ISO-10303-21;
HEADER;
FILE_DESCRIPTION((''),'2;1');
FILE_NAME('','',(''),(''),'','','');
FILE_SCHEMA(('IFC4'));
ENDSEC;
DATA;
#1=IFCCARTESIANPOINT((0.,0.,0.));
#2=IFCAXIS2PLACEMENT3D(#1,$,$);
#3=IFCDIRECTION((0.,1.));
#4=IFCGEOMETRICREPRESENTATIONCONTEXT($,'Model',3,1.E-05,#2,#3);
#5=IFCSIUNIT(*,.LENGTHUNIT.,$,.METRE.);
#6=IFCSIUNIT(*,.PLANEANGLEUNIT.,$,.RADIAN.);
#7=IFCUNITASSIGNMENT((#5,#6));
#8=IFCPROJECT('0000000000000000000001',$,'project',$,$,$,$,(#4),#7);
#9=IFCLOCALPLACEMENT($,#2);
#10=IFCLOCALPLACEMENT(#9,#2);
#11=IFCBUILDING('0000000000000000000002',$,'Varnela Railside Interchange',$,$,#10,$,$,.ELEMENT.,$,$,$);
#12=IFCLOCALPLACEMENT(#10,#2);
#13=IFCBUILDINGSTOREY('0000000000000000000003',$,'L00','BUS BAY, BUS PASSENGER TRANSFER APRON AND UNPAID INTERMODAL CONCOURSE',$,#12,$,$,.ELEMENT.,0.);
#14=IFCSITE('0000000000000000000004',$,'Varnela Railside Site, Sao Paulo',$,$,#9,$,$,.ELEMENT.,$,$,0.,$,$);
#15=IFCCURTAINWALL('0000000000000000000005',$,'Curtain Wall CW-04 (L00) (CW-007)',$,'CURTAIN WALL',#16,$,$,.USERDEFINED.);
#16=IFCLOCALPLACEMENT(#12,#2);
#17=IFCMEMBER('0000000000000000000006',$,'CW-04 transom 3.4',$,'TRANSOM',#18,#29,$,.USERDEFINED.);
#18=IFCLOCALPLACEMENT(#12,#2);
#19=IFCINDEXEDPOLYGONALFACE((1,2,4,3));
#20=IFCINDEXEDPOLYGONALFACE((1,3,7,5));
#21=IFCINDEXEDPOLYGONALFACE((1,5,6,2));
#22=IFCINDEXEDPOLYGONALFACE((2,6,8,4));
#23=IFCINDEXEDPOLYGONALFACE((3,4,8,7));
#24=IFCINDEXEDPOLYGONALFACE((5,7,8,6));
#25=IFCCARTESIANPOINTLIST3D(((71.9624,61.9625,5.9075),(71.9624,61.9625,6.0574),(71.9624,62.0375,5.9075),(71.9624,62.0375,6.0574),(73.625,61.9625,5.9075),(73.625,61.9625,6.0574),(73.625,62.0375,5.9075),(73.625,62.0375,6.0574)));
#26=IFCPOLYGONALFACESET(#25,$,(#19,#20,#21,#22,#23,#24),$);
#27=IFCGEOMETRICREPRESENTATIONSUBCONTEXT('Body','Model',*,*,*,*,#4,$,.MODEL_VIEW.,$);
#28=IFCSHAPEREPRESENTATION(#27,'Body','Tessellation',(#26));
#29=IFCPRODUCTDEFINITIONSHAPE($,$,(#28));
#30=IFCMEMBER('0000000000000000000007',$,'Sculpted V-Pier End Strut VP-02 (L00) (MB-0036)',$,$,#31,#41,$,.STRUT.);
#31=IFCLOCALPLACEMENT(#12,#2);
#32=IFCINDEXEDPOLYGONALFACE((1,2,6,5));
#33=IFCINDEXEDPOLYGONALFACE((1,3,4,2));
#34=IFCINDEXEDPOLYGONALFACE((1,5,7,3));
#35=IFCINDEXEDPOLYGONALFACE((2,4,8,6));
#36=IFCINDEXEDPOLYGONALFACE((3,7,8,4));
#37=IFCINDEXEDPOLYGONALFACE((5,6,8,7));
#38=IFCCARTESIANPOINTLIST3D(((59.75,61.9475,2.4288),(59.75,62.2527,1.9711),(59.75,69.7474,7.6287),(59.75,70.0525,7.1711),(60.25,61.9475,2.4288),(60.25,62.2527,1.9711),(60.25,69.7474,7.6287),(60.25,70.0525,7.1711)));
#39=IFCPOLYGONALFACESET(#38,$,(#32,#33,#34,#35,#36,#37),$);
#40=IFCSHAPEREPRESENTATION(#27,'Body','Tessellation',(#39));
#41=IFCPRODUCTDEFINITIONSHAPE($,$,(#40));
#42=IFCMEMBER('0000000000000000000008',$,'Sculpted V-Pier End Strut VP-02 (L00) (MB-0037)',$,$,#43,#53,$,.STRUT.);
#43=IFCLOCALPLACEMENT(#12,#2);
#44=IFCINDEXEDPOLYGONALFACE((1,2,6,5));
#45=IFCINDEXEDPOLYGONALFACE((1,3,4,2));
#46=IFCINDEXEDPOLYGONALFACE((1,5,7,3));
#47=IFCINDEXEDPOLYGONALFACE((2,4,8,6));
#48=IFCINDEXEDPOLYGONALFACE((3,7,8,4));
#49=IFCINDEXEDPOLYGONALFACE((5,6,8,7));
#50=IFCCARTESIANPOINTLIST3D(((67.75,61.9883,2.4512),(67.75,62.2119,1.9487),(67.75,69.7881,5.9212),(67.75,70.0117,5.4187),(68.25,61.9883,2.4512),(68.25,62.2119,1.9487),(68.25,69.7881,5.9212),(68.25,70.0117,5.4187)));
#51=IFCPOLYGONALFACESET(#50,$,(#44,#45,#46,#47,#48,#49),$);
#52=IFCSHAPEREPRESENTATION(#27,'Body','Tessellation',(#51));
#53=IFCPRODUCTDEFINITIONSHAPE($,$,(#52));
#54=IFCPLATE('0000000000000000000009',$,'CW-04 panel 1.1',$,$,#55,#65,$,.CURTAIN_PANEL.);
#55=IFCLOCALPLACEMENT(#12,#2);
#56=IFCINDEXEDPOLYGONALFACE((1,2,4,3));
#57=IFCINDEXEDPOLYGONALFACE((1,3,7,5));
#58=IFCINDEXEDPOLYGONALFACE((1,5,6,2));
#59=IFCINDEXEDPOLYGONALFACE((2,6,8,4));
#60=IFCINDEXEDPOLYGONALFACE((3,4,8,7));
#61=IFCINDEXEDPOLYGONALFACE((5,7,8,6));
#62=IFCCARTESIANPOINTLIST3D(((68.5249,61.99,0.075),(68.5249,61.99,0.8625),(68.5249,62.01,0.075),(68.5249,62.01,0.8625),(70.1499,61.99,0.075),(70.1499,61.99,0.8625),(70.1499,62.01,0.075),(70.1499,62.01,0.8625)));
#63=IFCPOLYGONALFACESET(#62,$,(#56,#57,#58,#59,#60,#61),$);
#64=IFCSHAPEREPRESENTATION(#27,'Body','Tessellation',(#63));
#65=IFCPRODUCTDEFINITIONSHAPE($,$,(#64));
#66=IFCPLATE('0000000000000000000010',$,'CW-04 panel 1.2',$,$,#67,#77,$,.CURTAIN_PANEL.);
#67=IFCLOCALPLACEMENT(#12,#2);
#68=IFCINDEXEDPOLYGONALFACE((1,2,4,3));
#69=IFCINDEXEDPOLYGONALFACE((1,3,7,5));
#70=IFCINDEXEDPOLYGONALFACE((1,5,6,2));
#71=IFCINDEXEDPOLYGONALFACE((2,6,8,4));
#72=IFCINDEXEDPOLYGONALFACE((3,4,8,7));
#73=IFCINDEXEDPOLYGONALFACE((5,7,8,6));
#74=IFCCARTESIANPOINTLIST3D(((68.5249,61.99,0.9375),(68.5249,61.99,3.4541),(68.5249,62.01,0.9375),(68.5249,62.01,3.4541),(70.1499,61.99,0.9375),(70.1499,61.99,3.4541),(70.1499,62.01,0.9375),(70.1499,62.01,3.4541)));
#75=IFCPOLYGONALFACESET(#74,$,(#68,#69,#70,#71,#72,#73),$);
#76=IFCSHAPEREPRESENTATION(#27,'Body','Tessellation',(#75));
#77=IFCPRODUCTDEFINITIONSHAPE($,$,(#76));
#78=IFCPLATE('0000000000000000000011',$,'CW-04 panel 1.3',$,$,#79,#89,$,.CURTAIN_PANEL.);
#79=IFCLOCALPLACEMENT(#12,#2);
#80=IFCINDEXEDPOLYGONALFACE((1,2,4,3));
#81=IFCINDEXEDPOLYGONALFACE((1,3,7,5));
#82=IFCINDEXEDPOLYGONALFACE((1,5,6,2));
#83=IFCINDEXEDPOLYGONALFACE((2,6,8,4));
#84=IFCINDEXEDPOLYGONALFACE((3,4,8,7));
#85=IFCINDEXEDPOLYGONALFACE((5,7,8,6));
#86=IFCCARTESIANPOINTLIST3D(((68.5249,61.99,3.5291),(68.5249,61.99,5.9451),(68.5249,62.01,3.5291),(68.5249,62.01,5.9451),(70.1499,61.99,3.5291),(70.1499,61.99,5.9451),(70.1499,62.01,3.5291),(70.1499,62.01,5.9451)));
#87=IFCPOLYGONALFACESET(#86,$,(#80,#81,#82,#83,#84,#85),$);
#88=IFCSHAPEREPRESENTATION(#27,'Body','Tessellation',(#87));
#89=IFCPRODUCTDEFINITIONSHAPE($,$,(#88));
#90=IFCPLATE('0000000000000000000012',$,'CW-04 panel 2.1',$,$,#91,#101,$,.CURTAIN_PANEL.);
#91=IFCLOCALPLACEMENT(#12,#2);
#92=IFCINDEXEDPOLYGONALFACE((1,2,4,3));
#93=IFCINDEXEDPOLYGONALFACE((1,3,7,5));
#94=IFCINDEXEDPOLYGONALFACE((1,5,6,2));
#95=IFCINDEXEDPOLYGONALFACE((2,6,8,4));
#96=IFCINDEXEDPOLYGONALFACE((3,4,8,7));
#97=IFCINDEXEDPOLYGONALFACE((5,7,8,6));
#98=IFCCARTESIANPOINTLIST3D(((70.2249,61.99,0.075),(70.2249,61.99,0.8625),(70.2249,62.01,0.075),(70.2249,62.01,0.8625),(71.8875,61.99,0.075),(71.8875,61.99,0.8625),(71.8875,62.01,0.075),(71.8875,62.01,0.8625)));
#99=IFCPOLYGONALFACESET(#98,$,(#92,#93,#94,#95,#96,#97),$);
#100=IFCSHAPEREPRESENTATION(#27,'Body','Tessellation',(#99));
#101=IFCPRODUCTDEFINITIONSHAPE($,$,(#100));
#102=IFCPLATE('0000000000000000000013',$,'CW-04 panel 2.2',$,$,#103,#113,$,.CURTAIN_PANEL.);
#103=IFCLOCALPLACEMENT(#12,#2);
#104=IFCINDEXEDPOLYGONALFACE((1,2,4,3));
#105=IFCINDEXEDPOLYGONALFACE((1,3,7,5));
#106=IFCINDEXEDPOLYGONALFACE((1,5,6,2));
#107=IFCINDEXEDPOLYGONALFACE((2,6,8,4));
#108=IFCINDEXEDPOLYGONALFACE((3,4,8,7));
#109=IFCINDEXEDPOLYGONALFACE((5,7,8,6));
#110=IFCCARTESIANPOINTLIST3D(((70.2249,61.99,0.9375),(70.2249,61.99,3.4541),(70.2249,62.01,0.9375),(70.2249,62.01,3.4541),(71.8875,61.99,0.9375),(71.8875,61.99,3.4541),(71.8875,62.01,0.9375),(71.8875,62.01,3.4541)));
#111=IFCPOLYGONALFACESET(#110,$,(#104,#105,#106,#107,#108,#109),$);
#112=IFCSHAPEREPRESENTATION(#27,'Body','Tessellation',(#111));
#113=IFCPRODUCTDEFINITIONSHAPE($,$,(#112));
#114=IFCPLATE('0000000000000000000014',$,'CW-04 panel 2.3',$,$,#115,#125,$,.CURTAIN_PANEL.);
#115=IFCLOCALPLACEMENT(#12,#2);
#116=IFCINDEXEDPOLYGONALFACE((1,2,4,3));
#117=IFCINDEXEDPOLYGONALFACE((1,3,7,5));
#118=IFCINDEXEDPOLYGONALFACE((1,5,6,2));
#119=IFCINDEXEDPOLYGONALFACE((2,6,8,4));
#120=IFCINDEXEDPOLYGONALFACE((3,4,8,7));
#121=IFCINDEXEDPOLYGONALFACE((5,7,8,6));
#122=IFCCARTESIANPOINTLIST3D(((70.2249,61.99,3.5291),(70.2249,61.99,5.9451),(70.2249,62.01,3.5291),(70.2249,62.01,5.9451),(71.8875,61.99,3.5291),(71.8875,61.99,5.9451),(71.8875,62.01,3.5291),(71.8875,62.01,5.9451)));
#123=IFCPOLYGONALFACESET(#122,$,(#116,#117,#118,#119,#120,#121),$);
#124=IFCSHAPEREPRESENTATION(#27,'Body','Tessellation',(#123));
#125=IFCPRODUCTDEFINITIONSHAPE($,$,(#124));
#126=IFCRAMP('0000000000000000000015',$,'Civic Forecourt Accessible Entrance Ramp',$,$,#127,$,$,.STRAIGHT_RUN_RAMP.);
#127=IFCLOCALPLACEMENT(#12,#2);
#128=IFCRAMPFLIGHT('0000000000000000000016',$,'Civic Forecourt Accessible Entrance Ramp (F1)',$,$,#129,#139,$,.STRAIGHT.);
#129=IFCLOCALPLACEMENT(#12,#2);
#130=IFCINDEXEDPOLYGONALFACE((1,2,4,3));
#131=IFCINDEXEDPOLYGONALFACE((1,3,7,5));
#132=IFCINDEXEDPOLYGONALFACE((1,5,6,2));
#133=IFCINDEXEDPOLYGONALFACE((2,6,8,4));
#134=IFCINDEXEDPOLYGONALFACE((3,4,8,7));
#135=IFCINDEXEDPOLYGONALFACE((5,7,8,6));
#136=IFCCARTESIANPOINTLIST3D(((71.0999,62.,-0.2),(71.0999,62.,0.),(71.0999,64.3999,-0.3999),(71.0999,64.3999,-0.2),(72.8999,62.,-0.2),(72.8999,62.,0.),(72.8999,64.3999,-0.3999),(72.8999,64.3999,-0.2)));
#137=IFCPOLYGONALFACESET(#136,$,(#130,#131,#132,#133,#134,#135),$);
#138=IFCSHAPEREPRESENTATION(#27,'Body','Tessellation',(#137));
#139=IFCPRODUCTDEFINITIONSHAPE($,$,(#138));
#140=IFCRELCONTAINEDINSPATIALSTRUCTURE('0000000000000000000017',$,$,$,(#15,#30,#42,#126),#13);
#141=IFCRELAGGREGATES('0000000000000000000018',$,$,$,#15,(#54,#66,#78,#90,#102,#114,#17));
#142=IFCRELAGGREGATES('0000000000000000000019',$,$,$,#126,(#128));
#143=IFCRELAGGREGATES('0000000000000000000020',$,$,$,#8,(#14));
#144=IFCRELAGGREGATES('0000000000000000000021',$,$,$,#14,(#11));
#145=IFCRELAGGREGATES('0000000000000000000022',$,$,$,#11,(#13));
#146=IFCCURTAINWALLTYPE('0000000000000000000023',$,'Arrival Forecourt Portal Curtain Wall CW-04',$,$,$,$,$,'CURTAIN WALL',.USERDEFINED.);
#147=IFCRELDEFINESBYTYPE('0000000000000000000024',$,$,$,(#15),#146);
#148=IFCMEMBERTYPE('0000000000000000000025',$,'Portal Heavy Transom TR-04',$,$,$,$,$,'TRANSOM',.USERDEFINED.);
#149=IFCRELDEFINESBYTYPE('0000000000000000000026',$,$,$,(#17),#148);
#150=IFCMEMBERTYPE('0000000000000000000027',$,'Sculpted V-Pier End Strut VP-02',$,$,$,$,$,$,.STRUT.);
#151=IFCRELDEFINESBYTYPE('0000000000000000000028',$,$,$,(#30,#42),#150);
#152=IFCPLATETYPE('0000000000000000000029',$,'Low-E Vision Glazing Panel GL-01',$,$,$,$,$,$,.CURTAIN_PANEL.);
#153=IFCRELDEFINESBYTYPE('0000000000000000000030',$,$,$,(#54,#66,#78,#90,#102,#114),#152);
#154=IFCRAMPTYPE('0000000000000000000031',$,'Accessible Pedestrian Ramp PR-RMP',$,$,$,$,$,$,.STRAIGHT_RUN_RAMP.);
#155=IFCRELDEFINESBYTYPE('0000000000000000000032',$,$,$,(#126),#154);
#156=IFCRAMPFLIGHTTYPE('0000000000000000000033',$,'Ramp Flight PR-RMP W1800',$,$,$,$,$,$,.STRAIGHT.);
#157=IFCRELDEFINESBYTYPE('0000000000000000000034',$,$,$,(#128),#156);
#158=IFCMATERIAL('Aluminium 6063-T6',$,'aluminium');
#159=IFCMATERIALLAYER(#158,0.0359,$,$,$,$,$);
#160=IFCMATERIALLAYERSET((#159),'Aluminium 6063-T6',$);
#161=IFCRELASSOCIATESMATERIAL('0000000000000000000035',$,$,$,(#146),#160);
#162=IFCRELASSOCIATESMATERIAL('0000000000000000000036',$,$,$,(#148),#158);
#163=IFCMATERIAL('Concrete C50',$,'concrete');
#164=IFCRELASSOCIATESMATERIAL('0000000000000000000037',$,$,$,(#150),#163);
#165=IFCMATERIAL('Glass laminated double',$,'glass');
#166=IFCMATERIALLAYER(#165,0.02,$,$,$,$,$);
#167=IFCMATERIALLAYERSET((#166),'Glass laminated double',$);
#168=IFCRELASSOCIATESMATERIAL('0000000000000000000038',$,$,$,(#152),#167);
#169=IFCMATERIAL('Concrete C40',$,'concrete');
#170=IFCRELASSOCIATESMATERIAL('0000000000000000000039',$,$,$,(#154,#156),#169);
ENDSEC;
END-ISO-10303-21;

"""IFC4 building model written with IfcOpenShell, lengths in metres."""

from ifc_helpers import new_model, si_unit, direction, frame, origin, origin_2d, place, context, subcontext, project, spatial, polyline, rectangle, outline, extrude, material, layer, layer_set, material_profile, profile_set, type_object, element, aggregate, save


model = new_model("IFC4")

# Units and contexts
model_context = context("Model", 3, precision=1e-05, world=origin(), true_north=direction((0.0, 1.0)))
body_context = subcontext(model_context, "Body", "Model", "MODEL_VIEW")
ifc_project = project(units=[si_unit("LENGTHUNIT", "METRE"), si_unit("PLANEANGLEUNIT", "RADIAN")], contexts=[model_context])

# Site, building, storey
site_placement = place(None, origin())
site = spatial("IfcSite", under=ifc_project, at=site_placement, Name="Varnela Railside Site, Sao Paulo", CompositionType="ELEMENT", RefElevation=0.0)
building_placement = place(site_placement, origin())
building = spatial("IfcBuilding", under=site, at=building_placement, Name="Varnela Railside Interchange", CompositionType="ELEMENT")
storey_placement = place(building_placement, origin())
storey = spatial("IfcBuildingStorey", under=building, at=storey_placement, Name="L00", Description="BUS BAY, BUS PASSENGER TRANSFER APRON AND UNPAID INTERMODAL CONCOURSE", CompositionType="ELEMENT", Elevation=0.0)

# Shared definitions
ifc_material_1 = material(Name="Concrete C50", Category="concrete")

# Curtain wall, member
ifc_material_2 = material(Name="Aluminium 6063-T6", Category="aluminium")
ifc_layer_1 = layer(ifc_material_2, 0.0359)
ifc_layer_set_1 = layer_set([ifc_layer_1], Name="Aluminium 6063-T6")
curtain_wall_type = type_object("IfcCurtainWallType", Name="Arrival Forecourt Portal Curtain Wall CW-04", ElementType="CURTAIN WALL", PredefinedType="USERDEFINED", material=ifc_layer_set_1)
curtain_wall_placement = place(storey_placement, origin())
curtain_wall = element("IfcCurtainWall", 1, at=curtain_wall_placement, inside=storey, type_object=curtain_wall_type, Name="Curtain Wall CW-04 (L00) (CW-007)", ObjectType="CURTAIN WALL", PredefinedType="USERDEFINED")
ifc_material_profile_1 = material_profile(ifc_material_2, rectangle(XDim=0.075, YDim=0.1499, at=origin_2d()), Name="ALU 75x150")
ifc_profile_set_1 = profile_set([ifc_material_profile_1], Name="Aluminium 6063-T6")
member_type_1 = type_object("IfcMemberType", Name="Portal Heavy Transom TR-04", ElementType="TRANSOM", PredefinedType="USERDEFINED", material=ifc_profile_set_1)
member_1_placement = place(storey_placement, frame((71.9624, 62.0, 5.9824), z_axis=(1.0, 0.0, 0.0), x_axis=(0.0, 1.0, 0.0)))
member_1 = element("IfcMember", 2, at=member_1_placement, type_object=member_type_1, Name="CW-04 transom 3.4", ObjectType="TRANSOM", PredefinedType="USERDEFINED", context=body_context, shape_type="SweptSolid", body=[
    extrude(rectangle(XDim=0.075, YDim=0.1499, at=origin_2d()), origin(), (0.0, 0.0, 1.0), 1.6626),
])

# Members
ifc_material_profile_2 = material_profile(ifc_material_1, rectangle(XDim=0.5, YDim=0.55, at=origin_2d()), Name="RC 500x550")
ifc_profile_set_2 = profile_set([ifc_material_profile_2], Name="Concrete C50")
member_type_2 = type_object("IfcMemberType", Name="Sculpted V-Pier End Strut VP-02", PredefinedType="STRUT", material=ifc_profile_set_2)
member_2_placement = place(storey_placement, frame((60.0, 62.1001, 2.2), z_axis=(0.0, 0.832046, 0.554706), x_axis=(-1.0, 0.0, 0.0)))
element("IfcMember", 3, at=member_2_placement, inside=storey, type_object=member_type_2, Name="Sculpted V-Pier End Strut VP-02 (L00) (MB-0036)", PredefinedType="STRUT", context=body_context, shape_type="SweptSolid", body=[
    extrude(rectangle(XDim=0.5, YDim=0.55, at=origin_2d()), origin(), (0.0, 0.0, 1.0), 9.3743),
])
member_3_placement = place(storey_placement, frame((68.0, 62.1001, 2.2), z_axis=(0.0, 0.913664, 0.40647), x_axis=(-1.0, 0.0, 0.0)))
element("IfcMember", 4, at=member_3_placement, inside=storey, type_object=member_type_2, Name="Sculpted V-Pier End Strut VP-02 (L00) (MB-0037)", PredefinedType="STRUT", context=body_context, shape_type="SweptSolid", body=[
    extrude(rectangle(XDim=0.5, YDim=0.55, at=origin_2d()), origin(), (0.0, 0.0, 1.0), 8.5369),
])

# Plates
ifc_material_3 = material(Name="Glass laminated double", Category="glass")
ifc_layer_2 = layer(ifc_material_3, 0.02)
ifc_layer_set_2 = layer_set([ifc_layer_2], Name="Glass laminated double")
plate_type = type_object("IfcPlateType", Name="Low-E Vision Glazing Panel GL-01", PredefinedType="CURTAIN_PANEL", material=ifc_layer_set_2)
plate_1_placement = place(storey_placement, frame((69.3374, 62.0, 0.075), z_axis=(0.0, 0.0, 1.0), x_axis=(1.0, 0.0, 0.0)))
plate_1 = element("IfcPlate", 5, at=plate_1_placement, type_object=plate_type, Name="CW-04 panel 1.1", PredefinedType="CURTAIN_PANEL", context=body_context, shape_type="SweptSolid", body=[
    extrude(rectangle(XDim=1.625, YDim=0.02, at=origin_2d()), origin(), (0.0, 0.0, 1.0), 0.7876),
])
plate_2_placement = place(storey_placement, frame((69.3374, 62.0, 0.9375), z_axis=(0.0, 0.0, 1.0), x_axis=(1.0, 0.0, 0.0)))
plate_2 = element("IfcPlate", 6, at=plate_2_placement, type_object=plate_type, Name="CW-04 panel 1.2", PredefinedType="CURTAIN_PANEL", context=body_context, shape_type="SweptSolid", body=[
    extrude(rectangle(XDim=1.625, YDim=0.02, at=origin_2d()), origin(), (0.0, 0.0, 1.0), 2.5166),
])
plate_3_placement = place(storey_placement, frame((69.3374, 62.0, 3.5291), z_axis=(0.0, 0.0, 1.0), x_axis=(1.0, 0.0, 0.0)))
plate_3 = element("IfcPlate", 7, at=plate_3_placement, type_object=plate_type, Name="CW-04 panel 1.3", PredefinedType="CURTAIN_PANEL", context=body_context, shape_type="SweptSolid", body=[
    extrude(rectangle(XDim=1.625, YDim=0.02, at=origin_2d()), origin(), (0.0, 0.0, 1.0), 2.416),
])
plate_4_placement = place(storey_placement, frame((71.0562, 62.0, 0.075), z_axis=(0.0, 0.0, 1.0), x_axis=(1.0, 0.0, 0.0)))
plate_4 = element("IfcPlate", 8, at=plate_4_placement, type_object=plate_type, Name="CW-04 panel 2.1", PredefinedType="CURTAIN_PANEL", context=body_context, shape_type="SweptSolid", body=[
    extrude(rectangle(XDim=1.6626, YDim=0.02, at=origin_2d()), origin(), (0.0, 0.0, 1.0), 0.7876),
])
plate_5_placement = place(storey_placement, frame((71.0562, 62.0, 0.9375), z_axis=(0.0, 0.0, 1.0), x_axis=(1.0, 0.0, 0.0)))
plate_5 = element("IfcPlate", 9, at=plate_5_placement, type_object=plate_type, Name="CW-04 panel 2.2", PredefinedType="CURTAIN_PANEL", context=body_context, shape_type="SweptSolid", body=[
    extrude(rectangle(XDim=1.6626, YDim=0.02, at=origin_2d()), origin(), (0.0, 0.0, 1.0), 2.5166),
])
plate_6_placement = place(storey_placement, frame((71.0562, 62.0, 3.5291), z_axis=(0.0, 0.0, 1.0), x_axis=(1.0, 0.0, 0.0)))
plate_6 = element("IfcPlate", 10, at=plate_6_placement, type_object=plate_type, Name="CW-04 panel 2.3", PredefinedType="CURTAIN_PANEL", context=body_context, shape_type="SweptSolid", body=[
    extrude(rectangle(XDim=1.6626, YDim=0.02, at=origin_2d()), origin(), (0.0, 0.0, 1.0), 2.416),
])
aggregate(curtain_wall, [plate_1, plate_2, plate_3, plate_4, plate_5, plate_6, member_1])

# Ramp, ramp flight
ifc_material_4 = material(Name="Concrete C40", Category="concrete")
ramp_type = type_object("IfcRampType", Name="Accessible Pedestrian Ramp PR-RMP", PredefinedType="STRAIGHT_RUN_RAMP", material=ifc_material_4)
ramp_placement = place(storey_placement, origin())
ramp = element("IfcRamp", 11, at=ramp_placement, inside=storey, type_object=ramp_type, Name="Civic Forecourt Accessible Entrance Ramp", PredefinedType="STRAIGHT_RUN_RAMP")
ramp_flight_type = type_object("IfcRampFlightType", Name="Ramp Flight PR-RMP W1800", PredefinedType="STRAIGHT", material=ifc_material_4)
ramp_flight_placement = place(storey_placement, frame((72.0, 64.3999, -0.2), z_axis=(0.0, 0.0, 1.0), x_axis=(0.0, -1.0, 0.0)))
ramp_flight = element("IfcRampFlight", 12, at=ramp_flight_placement, type_object=ramp_flight_type, Name="Civic Forecourt Accessible Entrance Ramp (F1)", PredefinedType="STRAIGHT", context=body_context, shape_type="SweptSolid", body=[
    extrude(outline(polyline([(0.0, -0.2), (2.3999, 0.0), (2.3999, 0.2), (0.0, 0.0), (0.0, -0.2)])), frame((0.0, 0.8999, 0.0), z_axis=(0.0, -1.0, 0.0), x_axis=(1.0, 0.0, 0.0)), (0.0, 0.0, 1.0), 1.8),
])
aggregate(ramp, [ramp_flight])

save(model, "model.ifc")
